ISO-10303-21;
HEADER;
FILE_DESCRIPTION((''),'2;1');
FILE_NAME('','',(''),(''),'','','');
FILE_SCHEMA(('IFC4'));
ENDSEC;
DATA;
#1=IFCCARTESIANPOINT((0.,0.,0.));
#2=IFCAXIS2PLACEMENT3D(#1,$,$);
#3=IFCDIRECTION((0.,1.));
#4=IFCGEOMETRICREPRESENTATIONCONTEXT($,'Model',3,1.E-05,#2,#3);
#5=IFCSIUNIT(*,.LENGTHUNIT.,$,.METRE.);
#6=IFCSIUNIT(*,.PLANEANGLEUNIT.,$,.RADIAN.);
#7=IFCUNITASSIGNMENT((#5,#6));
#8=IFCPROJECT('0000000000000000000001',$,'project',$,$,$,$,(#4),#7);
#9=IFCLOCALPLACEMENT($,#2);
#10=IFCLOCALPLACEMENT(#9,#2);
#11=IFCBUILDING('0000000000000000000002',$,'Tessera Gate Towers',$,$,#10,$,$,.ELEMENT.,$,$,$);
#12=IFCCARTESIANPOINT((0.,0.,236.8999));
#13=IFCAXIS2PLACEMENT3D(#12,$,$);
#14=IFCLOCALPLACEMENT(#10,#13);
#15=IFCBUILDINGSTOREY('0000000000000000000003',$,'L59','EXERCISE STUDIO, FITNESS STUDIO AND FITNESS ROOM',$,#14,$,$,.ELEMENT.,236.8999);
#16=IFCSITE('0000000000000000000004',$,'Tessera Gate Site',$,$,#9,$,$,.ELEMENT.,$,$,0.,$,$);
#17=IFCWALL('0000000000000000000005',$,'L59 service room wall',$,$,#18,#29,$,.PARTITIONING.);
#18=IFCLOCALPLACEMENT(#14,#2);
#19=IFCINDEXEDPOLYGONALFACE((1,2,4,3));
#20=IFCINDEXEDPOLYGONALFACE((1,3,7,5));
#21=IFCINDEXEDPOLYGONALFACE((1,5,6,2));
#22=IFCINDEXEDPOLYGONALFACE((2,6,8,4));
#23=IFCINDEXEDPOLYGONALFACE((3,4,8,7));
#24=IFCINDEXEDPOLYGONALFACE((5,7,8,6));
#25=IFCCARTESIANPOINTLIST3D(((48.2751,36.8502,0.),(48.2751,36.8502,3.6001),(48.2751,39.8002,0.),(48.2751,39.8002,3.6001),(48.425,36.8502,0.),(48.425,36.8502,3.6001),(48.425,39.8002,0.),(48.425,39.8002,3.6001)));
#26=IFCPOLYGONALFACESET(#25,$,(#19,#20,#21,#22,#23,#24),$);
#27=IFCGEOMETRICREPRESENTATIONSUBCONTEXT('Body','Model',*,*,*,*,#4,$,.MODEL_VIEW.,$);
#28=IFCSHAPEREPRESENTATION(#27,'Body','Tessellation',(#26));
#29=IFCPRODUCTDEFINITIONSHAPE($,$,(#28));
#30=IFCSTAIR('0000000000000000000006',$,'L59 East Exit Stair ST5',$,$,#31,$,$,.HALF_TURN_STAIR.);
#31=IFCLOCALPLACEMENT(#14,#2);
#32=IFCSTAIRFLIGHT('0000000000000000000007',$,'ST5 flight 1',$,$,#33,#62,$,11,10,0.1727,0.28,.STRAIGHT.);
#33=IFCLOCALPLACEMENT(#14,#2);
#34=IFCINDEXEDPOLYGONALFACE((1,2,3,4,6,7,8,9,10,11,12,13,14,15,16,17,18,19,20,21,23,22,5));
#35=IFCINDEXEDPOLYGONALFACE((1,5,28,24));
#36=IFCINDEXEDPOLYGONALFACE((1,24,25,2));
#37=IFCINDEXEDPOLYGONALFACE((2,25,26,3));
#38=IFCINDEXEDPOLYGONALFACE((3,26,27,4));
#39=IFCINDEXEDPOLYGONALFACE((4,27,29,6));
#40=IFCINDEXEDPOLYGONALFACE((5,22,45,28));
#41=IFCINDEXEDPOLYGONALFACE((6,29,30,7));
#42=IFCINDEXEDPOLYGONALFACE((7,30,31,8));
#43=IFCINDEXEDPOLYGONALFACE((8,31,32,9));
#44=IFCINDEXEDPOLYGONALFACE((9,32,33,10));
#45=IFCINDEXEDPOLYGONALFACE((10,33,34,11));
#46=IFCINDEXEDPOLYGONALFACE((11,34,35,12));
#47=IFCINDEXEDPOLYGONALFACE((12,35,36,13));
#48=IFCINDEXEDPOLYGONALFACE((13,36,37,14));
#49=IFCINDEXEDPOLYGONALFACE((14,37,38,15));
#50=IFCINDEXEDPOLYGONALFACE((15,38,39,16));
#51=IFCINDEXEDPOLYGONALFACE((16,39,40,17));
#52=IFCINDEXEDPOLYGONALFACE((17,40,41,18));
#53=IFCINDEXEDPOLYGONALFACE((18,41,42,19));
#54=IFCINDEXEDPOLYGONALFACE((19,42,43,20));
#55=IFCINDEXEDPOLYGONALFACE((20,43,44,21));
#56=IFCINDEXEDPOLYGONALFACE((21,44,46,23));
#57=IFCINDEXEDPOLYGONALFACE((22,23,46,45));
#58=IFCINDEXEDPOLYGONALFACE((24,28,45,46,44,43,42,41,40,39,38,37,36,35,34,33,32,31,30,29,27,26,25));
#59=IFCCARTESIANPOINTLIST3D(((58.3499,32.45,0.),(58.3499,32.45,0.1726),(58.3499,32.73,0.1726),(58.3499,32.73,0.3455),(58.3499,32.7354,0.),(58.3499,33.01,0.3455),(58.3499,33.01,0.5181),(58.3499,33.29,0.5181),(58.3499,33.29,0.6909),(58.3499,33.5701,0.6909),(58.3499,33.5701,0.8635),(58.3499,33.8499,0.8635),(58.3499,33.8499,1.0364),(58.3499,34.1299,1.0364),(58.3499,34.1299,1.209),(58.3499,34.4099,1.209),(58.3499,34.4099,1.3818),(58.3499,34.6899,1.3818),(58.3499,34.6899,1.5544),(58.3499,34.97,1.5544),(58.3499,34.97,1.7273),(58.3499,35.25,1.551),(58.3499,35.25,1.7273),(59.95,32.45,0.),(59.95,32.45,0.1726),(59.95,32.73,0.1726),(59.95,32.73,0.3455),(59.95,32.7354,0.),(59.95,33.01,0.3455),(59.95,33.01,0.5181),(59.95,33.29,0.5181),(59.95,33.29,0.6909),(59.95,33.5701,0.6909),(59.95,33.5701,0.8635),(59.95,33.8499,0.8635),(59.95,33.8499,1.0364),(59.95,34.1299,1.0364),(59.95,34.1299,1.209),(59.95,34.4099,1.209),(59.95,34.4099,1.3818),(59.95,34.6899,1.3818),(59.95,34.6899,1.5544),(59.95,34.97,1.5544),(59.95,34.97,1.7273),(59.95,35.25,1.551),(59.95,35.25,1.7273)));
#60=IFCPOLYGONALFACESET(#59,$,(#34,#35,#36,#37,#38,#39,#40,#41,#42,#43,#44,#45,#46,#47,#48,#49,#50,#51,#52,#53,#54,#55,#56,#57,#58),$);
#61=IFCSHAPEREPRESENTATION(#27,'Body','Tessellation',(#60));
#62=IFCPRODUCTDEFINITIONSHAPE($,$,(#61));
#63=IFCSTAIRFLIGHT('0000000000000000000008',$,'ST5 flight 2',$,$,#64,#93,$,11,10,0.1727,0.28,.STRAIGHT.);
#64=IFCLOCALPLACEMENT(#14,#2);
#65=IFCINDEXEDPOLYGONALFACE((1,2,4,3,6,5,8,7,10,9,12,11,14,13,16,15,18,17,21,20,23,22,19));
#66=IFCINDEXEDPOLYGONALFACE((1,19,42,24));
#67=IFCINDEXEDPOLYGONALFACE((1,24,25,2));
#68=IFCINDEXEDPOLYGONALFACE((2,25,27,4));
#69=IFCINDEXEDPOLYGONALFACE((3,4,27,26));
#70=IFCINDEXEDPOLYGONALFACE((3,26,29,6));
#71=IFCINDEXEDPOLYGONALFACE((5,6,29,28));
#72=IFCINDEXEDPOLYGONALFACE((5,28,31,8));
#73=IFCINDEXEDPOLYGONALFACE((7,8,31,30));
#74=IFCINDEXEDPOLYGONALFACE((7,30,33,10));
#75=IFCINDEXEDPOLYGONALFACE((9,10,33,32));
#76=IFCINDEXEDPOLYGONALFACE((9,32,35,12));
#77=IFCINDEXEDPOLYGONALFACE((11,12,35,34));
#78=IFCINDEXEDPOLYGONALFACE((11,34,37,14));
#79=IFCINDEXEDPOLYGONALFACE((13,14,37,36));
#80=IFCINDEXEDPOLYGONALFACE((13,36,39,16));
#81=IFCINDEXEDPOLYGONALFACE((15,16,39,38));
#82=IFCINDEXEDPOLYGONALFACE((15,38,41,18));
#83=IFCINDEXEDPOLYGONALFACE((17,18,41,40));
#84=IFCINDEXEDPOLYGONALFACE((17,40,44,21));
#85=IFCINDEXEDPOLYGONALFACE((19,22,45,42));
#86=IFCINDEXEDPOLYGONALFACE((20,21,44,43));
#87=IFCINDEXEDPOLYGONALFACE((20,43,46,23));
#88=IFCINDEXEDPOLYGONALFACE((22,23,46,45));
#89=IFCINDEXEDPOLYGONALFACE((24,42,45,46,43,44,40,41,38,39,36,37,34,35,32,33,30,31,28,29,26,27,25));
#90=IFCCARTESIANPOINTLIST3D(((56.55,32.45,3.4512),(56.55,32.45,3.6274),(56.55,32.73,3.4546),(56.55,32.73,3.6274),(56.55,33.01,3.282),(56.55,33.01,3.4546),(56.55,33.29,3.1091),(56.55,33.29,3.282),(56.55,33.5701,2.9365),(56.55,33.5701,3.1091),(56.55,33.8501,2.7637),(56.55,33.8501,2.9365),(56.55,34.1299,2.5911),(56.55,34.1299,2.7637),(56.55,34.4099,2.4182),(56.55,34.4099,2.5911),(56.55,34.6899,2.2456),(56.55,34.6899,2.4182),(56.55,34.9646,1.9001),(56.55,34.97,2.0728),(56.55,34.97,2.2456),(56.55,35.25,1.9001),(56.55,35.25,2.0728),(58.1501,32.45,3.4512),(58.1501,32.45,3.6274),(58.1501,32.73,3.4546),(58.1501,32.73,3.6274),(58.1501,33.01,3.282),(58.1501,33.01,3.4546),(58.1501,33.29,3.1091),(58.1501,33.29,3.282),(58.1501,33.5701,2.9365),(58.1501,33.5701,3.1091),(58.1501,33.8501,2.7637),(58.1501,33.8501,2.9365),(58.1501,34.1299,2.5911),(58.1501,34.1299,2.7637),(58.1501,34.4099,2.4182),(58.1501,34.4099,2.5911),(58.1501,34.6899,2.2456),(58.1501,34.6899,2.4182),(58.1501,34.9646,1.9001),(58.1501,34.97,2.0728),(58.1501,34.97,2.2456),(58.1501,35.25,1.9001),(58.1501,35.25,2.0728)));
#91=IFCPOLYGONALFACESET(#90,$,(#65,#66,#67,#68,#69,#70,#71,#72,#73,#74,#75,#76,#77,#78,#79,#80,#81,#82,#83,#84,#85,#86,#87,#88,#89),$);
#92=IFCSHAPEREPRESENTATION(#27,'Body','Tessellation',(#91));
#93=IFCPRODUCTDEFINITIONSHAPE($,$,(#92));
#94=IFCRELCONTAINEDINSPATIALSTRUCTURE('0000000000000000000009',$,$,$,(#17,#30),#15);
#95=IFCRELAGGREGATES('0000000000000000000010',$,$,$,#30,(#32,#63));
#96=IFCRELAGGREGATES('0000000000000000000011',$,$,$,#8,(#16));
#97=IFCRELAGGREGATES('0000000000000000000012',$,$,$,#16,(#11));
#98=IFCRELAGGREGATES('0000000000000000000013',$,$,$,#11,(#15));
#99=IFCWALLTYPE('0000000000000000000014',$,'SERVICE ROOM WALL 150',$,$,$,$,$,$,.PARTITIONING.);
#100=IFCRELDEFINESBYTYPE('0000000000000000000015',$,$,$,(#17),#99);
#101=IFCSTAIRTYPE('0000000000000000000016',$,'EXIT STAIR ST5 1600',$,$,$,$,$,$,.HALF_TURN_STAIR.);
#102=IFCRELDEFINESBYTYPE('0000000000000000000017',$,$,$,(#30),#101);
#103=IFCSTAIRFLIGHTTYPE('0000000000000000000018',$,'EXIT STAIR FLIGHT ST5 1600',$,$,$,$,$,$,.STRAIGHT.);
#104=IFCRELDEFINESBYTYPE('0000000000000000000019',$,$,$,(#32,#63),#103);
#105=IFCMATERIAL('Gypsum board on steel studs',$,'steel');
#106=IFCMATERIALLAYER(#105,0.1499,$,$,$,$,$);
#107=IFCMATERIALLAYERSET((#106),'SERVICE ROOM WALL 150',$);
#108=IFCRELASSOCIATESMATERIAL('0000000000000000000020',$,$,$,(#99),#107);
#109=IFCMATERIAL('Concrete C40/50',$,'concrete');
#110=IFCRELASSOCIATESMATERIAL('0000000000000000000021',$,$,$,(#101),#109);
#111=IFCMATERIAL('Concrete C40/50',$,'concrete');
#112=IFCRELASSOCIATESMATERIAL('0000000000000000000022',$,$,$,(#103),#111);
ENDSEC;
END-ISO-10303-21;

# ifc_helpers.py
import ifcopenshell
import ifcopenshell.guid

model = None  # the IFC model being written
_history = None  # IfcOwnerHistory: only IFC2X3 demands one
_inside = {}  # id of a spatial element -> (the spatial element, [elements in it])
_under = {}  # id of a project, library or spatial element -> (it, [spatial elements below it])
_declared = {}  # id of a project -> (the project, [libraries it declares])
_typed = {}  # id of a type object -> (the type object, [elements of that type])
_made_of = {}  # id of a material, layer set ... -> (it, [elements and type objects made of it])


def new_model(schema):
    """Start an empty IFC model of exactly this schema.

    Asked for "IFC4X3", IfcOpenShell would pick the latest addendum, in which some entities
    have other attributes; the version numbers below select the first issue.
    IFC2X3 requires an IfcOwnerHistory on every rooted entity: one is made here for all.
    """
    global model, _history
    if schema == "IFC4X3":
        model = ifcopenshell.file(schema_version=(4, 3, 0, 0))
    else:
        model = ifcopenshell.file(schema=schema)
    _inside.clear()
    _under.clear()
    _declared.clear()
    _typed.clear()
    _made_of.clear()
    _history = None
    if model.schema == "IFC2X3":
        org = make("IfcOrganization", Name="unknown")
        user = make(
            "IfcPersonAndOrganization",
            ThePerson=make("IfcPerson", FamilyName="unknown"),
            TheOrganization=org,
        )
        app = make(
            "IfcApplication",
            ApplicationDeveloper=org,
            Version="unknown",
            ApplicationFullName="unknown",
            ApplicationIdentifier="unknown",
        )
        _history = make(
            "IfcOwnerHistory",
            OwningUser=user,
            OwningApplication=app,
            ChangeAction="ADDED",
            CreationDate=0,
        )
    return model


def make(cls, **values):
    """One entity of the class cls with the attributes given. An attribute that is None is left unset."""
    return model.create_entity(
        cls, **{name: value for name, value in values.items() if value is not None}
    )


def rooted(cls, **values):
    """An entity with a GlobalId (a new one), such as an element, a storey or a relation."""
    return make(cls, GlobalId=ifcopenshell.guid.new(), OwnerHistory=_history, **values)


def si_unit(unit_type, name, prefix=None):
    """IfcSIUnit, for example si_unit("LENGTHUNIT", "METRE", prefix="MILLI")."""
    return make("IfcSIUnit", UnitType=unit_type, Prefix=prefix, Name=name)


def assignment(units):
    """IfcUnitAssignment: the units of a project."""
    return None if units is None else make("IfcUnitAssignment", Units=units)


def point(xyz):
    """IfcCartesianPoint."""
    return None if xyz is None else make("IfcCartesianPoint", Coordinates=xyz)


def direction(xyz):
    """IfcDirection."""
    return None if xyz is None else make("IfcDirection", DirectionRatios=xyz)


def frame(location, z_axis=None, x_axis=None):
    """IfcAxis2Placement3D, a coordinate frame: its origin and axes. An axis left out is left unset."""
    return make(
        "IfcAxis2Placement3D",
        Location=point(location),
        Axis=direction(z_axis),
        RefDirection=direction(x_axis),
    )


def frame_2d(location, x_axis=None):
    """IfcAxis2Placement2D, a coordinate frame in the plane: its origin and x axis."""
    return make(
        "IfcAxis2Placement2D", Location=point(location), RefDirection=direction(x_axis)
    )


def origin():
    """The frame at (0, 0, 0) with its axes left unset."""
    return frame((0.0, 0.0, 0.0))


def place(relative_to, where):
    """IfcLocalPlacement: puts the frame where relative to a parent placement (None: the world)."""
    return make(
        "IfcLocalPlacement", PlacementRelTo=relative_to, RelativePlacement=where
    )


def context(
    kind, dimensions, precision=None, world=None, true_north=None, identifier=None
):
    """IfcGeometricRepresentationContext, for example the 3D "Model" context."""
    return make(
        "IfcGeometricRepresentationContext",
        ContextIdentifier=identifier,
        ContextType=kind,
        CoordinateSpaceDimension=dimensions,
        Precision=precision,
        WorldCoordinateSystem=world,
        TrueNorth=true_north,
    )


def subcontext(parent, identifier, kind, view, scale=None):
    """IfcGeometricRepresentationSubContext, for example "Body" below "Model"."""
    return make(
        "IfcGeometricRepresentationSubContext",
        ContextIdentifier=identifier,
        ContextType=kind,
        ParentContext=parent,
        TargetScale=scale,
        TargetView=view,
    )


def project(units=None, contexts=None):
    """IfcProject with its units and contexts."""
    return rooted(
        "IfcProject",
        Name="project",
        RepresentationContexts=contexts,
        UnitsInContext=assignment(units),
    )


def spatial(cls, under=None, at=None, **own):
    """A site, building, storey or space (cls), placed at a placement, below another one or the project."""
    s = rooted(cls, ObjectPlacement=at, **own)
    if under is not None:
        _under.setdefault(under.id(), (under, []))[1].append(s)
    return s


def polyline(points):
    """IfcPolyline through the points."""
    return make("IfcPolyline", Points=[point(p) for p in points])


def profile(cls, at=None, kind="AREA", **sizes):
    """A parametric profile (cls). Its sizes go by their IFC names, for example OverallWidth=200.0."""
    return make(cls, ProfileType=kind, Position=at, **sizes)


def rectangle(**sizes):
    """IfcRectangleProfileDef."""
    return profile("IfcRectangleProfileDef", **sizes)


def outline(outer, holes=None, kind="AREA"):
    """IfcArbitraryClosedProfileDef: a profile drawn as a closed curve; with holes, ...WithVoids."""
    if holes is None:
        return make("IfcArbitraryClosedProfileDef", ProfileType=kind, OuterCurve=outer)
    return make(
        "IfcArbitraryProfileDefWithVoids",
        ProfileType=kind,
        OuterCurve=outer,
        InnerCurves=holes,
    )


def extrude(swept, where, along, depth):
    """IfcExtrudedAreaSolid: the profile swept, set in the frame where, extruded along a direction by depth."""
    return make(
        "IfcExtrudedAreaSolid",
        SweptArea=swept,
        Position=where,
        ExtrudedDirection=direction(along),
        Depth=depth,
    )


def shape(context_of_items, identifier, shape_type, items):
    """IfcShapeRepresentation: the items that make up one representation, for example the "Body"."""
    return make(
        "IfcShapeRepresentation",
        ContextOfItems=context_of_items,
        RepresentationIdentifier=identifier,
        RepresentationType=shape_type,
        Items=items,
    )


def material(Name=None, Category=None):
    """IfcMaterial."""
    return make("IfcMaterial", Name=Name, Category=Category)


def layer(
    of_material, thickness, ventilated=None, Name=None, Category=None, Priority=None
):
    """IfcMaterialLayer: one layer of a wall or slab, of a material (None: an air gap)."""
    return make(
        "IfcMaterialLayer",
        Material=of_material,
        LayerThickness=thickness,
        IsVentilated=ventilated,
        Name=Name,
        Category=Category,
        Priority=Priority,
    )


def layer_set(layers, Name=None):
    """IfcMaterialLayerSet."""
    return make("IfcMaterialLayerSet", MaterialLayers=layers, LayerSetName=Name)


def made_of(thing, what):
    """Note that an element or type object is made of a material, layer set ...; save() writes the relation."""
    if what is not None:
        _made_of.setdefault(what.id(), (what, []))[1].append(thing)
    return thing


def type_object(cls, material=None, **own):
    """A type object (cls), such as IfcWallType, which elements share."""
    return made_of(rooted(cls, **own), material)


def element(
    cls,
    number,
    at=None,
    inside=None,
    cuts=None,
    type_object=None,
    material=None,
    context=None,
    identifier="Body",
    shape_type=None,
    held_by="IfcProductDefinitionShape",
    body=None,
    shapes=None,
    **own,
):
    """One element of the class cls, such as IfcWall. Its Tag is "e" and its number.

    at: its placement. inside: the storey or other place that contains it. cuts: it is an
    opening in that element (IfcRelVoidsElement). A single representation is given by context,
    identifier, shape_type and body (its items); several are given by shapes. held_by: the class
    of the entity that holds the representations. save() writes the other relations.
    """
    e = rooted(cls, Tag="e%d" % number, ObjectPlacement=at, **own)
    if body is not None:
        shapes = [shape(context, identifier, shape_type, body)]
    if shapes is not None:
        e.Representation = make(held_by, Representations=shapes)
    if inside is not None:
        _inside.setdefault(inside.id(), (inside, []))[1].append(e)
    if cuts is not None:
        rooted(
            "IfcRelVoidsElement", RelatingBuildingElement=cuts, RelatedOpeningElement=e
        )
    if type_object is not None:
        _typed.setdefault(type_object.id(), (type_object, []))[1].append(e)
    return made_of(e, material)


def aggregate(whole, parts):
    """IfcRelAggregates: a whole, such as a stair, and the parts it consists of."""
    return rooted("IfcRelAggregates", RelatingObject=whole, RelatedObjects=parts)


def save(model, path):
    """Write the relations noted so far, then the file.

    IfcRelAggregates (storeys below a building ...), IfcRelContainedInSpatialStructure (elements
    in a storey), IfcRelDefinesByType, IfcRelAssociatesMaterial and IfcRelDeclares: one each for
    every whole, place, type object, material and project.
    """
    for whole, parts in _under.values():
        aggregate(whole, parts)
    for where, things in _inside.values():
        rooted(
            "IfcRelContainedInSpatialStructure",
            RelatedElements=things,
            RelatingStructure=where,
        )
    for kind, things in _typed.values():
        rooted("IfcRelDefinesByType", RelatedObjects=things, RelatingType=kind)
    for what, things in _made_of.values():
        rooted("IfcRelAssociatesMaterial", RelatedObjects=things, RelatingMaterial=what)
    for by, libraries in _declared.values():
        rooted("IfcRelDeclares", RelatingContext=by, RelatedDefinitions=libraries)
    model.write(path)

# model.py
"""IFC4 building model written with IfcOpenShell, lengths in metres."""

from ifc_helpers import new_model, si_unit, direction, frame, frame_2d, origin, place, context, subcontext, project, spatial, polyline, rectangle, outline, extrude, material, layer, layer_set, type_object, element, aggregate, save


model = new_model("IFC4")

# Units and contexts
model_context = context("Model", 3, precision=1e-05, world=origin(), true_north=direction((0.0, 1.0)))
body_context = subcontext(model_context, "Body", "Model", "MODEL_VIEW")
ifc_project = project(units=[si_unit("LENGTHUNIT", "METRE"), si_unit("PLANEANGLEUNIT", "RADIAN")], contexts=[model_context])

# Site, building, storey
site_placement = place(None, origin())
site = spatial("IfcSite", under=ifc_project, at=site_placement, Name="Tessera Gate Site", CompositionType="ELEMENT", RefElevation=0.0)
building_placement = place(site_placement, origin())
building = spatial("IfcBuilding", under=site, at=building_placement, Name="Tessera Gate Towers", CompositionType="ELEMENT")
storey_placement = place(building_placement, frame((0.0, 0.0, 236.8999)))
storey = spatial("IfcBuildingStorey", under=building, at=storey_placement, Name="L59", Description="EXERCISE STUDIO, FITNESS STUDIO AND FITNESS ROOM", CompositionType="ELEMENT", Elevation=236.8999)

# Shared definitions
ifc_material_1 = material(Name="Gypsum board on steel studs", Category="steel")
ifc_layer_1 = layer(ifc_material_1, 0.1499)
ifc_layer_set_1 = layer_set([ifc_layer_1], Name="SERVICE ROOM WALL 150")
wall_type_1 = type_object("IfcWallType", Name="SERVICE ROOM WALL 150", PredefinedType="PARTITIONING", material=ifc_layer_set_1)

# Wall
wall_1_placement = place(storey_placement, frame((48.3501, 36.8501, 0.0), z_axis=(0.0, 0.0, 1.0), x_axis=(0.0, 1.0, 0.0)))
element("IfcWall", 1, at=wall_1_placement, inside=storey, type_object=wall_type_1, Name="L59 service room wall", PredefinedType="PARTITIONING", context=body_context, shape_type="SweptSolid", body=[
    extrude(rectangle(XDim=2.95, YDim=0.1499, at=frame_2d((1.4751, 0.0))), origin(), (0.0, 0.0, 1.0), 3.6001),
])

# Stair, stair flights
ifc_material_2 = material(Name="Concrete C40/50", Category="concrete")
stair_type = type_object("IfcStairType", Name="EXIT STAIR ST5 1600", PredefinedType="HALF_TURN_STAIR", material=ifc_material_2)
stair_placement = place(storey_placement, origin())
stair = element("IfcStair", 2, at=stair_placement, inside=storey, type_object=stair_type, Name="L59 East Exit Stair ST5", PredefinedType="HALF_TURN_STAIR")
ifc_material_3 = material(Name="Concrete C40/50", Category="concrete")
stair_flight_type = type_object("IfcStairFlightType", Name="EXIT STAIR FLIGHT ST5 1600", PredefinedType="STRAIGHT", material=ifc_material_3)
stair_flight_1_placement = place(storey_placement, frame((59.1499, 32.45, 0.0), z_axis=(0.0, 0.0, 1.0), x_axis=(0.0, 1.0, 0.0)))
stair_flight_1 = element("IfcStairFlight", 3, at=stair_flight_1_placement, type_object=stair_flight_type, Name="ST5 flight 1", NumberOfRisers=11, NumberOfTreads=10, PredefinedType="STRAIGHT", RiserHeight=0.1727, TreadLength=0.28, context=body_context, shape_type="SweptSolid", body=[
    extrude(outline(polyline([(0.0, 0.0), (0.0, 0.1726), (0.28, 0.1726), (0.28, 0.3455), (0.5601, 0.3455), (0.5601, 0.5181), (0.8401, 0.5181), (0.8401, 0.6909), (1.1201, 0.6909), (1.1201, 0.8635), (1.3999, 0.8635), (1.3999, 1.0364), (1.6799, 1.0364), (1.6799, 1.209), (1.96, 1.209), (1.96, 1.3818), (2.24, 1.3818), (2.24, 1.5544), (2.52, 1.5544), (2.52, 1.7273), (2.8, 1.7273), (2.8, 1.8999), (2.8, 1.551), (0.2854, 0.0), (0.0, 0.0)])), frame((0.0, 0.8, 0.0), z_axis=(0.0, -1.0, 0.0), x_axis=(1.0, 0.0, 0.0)), (0.0, 0.0, 1.0), 1.6001),
])
stair_flight_2_placement = place(storey_placement, frame((57.3501, 35.25, 1.9001), z_axis=(0.0, 0.0, 1.0), x_axis=(0.0, -1.0, 0.0)))
stair_flight_2 = element("IfcStairFlight", 4, at=stair_flight_2_placement, type_object=stair_flight_type, Name="ST5 flight 2", NumberOfRisers=11, NumberOfTreads=10, PredefinedType="STRAIGHT", RiserHeight=0.1727, TreadLength=0.28, context=body_context, shape_type="SweptSolid", body=[
    extrude(outline(polyline([(0.0, 0.0), (0.0, 0.1726), (0.28, 0.1726), (0.28, 0.3455), (0.5601, 0.3455), (0.5601, 0.5181), (0.8401, 0.5181), (0.8401, 0.6909), (1.1201, 0.6909), (1.1201, 0.8635), (1.3999, 0.8635), (1.3999, 1.0364), (1.6799, 1.0364), (1.6799, 1.209), (1.96, 1.209), (1.96, 1.3818), (2.24, 1.3818), (2.24, 1.5544), (2.52, 1.5544), (2.52, 1.7273), (2.8, 1.7273), (2.8, 1.8999), (2.8, 1.551), (0.2854, 0.0), (0.0, 0.0)])), frame((0.0, 0.8, 0.0), z_axis=(0.0, -1.0, 0.0), x_axis=(1.0, 0.0, 0.0)), (0.0, 0.0, 1.0), 1.6001),
])
aggregate(stair, [stair_flight_1, stair_flight_2])

save(model, "model.ifc")
